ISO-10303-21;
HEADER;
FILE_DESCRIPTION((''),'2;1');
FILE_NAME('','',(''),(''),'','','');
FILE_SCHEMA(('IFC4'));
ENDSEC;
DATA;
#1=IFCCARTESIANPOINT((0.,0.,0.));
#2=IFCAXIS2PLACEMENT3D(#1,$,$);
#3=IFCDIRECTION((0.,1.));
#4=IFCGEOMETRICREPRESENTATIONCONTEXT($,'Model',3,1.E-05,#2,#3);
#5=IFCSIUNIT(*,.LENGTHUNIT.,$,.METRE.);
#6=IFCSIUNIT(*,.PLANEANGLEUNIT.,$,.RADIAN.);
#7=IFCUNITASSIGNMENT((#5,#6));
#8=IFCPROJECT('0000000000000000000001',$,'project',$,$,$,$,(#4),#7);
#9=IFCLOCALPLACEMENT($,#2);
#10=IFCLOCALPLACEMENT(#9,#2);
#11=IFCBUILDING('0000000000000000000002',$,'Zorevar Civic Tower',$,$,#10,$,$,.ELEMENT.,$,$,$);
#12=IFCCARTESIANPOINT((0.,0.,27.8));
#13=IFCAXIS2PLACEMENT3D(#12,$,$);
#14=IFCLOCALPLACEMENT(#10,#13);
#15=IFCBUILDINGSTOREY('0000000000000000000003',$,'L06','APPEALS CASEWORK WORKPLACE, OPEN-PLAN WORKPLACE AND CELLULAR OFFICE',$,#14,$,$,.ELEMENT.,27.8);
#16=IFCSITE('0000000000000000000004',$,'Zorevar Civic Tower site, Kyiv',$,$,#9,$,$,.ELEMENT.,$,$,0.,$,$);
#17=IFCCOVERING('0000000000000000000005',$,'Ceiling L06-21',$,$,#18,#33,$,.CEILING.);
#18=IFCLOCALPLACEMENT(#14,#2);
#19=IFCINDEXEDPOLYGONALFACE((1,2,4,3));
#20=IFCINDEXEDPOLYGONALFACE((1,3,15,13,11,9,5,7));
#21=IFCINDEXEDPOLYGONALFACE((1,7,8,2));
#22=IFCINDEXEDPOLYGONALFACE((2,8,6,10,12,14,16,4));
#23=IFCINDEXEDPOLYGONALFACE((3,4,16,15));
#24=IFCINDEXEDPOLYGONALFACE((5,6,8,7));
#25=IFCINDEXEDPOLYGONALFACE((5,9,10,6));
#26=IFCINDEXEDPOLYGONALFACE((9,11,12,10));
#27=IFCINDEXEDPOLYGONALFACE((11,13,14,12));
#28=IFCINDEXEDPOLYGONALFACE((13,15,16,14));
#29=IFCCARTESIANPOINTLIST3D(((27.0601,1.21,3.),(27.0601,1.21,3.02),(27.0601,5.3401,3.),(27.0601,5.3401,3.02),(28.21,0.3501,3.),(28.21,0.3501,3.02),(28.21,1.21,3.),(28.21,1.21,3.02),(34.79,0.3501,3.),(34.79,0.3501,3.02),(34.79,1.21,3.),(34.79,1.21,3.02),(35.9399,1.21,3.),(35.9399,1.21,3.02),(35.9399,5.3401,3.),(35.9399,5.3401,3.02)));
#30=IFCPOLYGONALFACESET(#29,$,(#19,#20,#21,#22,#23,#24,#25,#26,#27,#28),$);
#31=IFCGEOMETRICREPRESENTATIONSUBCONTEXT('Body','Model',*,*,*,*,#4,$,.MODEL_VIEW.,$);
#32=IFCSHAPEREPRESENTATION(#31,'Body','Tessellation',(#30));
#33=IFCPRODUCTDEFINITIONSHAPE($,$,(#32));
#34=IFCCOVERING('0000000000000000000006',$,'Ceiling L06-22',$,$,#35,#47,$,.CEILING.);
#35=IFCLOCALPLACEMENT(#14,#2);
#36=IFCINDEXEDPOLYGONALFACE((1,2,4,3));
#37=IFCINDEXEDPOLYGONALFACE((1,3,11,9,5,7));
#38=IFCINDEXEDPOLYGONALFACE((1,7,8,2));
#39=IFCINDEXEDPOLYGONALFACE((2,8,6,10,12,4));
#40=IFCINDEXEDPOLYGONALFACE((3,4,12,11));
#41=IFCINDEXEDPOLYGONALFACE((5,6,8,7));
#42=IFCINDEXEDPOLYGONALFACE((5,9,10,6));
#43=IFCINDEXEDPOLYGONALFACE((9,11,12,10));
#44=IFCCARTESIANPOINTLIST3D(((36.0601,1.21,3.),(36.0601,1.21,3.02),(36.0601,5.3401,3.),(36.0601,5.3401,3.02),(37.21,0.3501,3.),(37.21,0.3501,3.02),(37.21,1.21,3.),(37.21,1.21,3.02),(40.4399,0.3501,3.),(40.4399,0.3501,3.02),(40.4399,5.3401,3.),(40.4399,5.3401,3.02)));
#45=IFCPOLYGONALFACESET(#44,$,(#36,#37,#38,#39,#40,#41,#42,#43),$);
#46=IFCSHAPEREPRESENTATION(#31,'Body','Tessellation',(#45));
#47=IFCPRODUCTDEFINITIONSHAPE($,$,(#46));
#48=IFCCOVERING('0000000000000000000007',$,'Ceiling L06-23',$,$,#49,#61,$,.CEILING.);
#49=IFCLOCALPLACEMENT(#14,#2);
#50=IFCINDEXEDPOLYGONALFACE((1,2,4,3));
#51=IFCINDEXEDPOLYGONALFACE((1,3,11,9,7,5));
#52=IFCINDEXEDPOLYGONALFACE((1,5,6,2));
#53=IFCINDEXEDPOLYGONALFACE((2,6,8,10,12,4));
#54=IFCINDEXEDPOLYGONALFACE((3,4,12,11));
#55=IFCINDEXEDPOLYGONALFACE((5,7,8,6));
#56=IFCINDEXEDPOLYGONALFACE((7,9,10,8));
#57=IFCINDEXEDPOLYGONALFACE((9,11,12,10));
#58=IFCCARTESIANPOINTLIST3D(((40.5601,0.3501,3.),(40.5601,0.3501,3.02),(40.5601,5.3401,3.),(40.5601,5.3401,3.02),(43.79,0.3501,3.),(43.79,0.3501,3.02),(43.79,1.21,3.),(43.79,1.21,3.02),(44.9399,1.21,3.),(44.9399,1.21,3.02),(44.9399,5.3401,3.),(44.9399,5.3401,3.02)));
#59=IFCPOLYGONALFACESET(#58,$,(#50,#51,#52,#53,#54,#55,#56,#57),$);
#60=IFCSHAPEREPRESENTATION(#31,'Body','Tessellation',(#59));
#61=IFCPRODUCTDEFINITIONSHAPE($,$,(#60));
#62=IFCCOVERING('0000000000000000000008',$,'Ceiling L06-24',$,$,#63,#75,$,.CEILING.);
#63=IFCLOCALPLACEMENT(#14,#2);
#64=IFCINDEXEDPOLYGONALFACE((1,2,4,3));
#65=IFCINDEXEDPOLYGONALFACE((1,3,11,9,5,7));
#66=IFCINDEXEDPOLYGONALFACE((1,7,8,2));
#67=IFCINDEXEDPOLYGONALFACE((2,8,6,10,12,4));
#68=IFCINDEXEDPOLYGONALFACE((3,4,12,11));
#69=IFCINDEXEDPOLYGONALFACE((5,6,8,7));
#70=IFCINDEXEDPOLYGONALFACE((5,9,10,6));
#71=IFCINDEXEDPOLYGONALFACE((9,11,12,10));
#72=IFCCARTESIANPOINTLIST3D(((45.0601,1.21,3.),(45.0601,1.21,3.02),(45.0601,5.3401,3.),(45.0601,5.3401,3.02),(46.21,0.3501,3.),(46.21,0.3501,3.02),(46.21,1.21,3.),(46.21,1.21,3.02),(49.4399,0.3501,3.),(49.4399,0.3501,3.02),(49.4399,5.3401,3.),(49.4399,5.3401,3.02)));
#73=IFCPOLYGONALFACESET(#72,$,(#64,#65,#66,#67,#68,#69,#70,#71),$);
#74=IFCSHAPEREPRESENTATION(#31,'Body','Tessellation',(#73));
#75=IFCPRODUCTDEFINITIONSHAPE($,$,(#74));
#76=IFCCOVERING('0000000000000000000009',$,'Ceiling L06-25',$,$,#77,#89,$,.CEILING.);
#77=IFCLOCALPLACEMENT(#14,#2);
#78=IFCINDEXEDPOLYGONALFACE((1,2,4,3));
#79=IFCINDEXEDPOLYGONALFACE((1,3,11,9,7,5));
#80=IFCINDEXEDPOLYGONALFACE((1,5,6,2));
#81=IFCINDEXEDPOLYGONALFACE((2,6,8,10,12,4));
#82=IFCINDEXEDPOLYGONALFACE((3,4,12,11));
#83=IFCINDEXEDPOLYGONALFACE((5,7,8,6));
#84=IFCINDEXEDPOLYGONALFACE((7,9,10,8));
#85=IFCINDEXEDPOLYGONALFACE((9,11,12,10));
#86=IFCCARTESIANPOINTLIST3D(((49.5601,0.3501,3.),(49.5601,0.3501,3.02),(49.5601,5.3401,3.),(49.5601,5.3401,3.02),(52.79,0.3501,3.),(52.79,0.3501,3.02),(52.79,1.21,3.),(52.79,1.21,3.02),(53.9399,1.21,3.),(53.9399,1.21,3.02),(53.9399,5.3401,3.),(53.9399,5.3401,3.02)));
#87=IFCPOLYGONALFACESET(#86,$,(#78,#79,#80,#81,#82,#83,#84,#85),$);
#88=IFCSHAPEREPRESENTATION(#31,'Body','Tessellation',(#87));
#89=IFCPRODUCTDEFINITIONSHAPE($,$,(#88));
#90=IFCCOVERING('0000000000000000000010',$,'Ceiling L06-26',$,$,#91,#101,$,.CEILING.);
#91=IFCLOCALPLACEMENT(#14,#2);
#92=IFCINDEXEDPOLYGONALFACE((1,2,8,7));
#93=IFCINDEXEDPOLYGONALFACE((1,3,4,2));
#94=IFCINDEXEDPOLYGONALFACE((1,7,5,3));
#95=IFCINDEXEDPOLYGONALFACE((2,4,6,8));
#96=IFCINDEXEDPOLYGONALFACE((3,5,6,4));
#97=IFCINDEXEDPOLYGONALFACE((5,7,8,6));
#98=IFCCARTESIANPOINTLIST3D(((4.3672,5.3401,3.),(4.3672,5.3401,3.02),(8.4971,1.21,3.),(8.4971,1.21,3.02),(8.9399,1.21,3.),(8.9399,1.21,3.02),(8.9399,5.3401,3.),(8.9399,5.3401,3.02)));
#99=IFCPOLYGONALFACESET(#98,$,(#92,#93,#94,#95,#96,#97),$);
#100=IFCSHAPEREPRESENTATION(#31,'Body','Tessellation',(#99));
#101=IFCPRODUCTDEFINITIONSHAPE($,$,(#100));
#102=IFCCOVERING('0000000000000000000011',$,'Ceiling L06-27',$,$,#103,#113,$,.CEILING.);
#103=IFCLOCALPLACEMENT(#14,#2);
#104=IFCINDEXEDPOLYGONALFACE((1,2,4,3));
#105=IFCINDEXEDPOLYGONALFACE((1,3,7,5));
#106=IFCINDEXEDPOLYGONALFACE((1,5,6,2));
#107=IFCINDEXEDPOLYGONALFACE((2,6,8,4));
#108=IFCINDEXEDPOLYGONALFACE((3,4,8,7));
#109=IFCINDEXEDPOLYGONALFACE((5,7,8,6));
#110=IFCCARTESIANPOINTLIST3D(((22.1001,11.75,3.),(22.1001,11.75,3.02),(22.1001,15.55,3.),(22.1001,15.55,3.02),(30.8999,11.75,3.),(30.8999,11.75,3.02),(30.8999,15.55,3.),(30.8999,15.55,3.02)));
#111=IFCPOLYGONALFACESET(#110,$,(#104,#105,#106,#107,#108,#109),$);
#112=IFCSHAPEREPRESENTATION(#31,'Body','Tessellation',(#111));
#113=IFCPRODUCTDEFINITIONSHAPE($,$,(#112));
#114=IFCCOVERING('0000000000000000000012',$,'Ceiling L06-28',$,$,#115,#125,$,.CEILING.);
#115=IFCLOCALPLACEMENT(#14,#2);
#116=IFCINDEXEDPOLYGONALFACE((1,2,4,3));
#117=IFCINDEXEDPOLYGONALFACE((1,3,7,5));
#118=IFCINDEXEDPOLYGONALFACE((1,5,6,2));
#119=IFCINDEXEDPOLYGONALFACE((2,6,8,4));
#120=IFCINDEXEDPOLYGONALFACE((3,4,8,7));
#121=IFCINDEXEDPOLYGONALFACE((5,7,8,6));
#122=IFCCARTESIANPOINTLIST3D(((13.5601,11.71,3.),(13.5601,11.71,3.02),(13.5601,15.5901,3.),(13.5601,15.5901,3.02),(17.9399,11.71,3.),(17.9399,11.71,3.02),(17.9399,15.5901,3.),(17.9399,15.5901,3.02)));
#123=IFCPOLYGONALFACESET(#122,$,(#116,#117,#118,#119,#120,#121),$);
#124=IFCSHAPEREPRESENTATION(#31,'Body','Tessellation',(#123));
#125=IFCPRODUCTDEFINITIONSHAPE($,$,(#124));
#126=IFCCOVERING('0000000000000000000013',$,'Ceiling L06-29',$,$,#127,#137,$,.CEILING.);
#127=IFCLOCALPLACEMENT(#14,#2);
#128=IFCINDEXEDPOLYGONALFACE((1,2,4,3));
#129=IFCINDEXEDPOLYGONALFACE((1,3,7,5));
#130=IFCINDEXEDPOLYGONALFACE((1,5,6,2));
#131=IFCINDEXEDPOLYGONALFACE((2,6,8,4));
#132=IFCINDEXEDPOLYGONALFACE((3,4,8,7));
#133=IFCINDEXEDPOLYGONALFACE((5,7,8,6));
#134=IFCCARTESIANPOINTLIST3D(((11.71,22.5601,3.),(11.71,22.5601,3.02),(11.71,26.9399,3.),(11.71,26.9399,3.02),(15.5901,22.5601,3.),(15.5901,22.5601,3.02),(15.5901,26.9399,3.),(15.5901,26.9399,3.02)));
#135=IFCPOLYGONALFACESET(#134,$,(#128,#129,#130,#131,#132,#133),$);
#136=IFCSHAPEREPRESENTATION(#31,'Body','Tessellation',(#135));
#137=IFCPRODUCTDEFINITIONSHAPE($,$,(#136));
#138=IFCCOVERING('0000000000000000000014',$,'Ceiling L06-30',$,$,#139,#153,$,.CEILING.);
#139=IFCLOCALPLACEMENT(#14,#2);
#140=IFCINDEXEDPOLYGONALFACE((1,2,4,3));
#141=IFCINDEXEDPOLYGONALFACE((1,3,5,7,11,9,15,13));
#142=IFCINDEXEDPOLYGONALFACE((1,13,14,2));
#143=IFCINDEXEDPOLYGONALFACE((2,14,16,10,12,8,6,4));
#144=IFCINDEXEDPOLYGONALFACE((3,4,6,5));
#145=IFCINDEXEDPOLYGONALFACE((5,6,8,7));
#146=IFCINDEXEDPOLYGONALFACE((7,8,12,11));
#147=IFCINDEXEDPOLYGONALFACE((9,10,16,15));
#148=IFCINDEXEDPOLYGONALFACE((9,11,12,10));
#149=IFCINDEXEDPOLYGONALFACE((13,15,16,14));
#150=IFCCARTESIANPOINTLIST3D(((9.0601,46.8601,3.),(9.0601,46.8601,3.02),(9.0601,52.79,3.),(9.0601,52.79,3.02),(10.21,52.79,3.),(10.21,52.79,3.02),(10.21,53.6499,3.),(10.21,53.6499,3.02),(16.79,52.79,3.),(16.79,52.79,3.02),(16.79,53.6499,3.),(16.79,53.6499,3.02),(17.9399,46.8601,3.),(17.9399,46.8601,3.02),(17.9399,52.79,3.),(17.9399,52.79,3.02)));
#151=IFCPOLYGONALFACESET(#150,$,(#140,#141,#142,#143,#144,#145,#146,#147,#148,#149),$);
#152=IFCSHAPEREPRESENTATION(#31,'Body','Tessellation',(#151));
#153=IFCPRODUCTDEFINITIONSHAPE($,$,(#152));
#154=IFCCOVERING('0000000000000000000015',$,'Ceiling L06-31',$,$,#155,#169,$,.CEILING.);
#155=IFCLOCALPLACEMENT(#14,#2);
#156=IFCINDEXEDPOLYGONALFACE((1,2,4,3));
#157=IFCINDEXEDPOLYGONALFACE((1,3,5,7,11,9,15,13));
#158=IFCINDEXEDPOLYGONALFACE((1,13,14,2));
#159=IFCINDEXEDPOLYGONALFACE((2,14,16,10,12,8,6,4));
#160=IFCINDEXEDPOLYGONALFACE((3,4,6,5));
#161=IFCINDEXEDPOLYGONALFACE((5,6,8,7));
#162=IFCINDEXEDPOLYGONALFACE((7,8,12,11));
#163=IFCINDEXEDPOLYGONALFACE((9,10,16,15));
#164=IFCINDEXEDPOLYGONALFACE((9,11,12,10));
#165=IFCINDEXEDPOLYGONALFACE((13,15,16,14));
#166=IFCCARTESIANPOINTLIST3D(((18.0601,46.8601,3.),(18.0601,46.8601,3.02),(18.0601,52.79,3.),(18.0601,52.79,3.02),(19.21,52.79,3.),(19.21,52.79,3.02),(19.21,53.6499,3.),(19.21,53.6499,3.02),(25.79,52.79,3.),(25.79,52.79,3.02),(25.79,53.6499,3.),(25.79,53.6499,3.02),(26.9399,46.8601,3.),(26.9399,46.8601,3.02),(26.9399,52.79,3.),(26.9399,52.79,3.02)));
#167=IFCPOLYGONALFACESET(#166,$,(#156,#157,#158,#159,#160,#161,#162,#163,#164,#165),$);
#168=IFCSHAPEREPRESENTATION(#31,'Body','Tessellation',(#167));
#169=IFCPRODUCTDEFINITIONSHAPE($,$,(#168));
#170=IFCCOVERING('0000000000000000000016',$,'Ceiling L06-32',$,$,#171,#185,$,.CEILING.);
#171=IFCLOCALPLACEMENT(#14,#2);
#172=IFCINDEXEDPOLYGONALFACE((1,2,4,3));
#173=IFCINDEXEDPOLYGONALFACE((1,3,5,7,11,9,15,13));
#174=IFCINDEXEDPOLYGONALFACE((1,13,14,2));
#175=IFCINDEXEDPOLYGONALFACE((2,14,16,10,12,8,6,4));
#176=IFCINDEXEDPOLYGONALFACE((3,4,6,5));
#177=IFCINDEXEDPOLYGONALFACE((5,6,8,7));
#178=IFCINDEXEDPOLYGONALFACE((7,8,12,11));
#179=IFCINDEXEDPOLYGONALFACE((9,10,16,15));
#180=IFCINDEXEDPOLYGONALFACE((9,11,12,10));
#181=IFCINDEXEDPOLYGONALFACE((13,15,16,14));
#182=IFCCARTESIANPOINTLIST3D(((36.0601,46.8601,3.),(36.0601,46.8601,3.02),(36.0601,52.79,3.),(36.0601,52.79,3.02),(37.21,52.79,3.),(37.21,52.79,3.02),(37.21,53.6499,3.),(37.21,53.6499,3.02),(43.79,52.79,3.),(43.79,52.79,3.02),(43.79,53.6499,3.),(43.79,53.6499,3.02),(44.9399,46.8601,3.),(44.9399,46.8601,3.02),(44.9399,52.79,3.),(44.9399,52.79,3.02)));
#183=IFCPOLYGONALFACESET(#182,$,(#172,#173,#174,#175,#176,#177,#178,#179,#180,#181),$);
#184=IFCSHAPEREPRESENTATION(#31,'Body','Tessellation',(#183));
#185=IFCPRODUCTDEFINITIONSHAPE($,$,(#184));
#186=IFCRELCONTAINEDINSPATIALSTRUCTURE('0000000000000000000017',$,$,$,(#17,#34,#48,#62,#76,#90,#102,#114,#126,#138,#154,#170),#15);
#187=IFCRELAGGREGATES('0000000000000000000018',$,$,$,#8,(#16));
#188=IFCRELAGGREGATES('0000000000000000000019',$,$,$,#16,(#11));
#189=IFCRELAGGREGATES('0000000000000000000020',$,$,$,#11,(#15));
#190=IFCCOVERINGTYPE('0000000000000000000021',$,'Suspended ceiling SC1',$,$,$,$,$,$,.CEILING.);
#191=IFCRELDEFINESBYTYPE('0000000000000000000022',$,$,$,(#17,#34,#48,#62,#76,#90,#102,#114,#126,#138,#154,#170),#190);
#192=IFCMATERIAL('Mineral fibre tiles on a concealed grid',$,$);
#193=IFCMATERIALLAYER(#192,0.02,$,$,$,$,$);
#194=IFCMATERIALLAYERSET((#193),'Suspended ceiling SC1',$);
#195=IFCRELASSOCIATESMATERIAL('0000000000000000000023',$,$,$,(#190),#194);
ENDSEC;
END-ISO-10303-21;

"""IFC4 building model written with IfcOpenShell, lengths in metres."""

from ifc_helpers import new_model, si_unit, direction, frame, origin, place, context, subcontext, project, spatial, polyline, outline, extrude, material, layer, layer_set, type_object, element, save


model = new_model("IFC4")

# Units and contexts
model_context = context("Model", 3, precision=1e-05, world=origin(), true_north=direction((0.0, 1.0)))
body_context = subcontext(model_context, "Body", "Model", "MODEL_VIEW")
ifc_project = project(units=[si_unit("LENGTHUNIT", "METRE"), si_unit("PLANEANGLEUNIT", "RADIAN")], contexts=[model_context])

# Site, building, storey
site_placement = place(None, origin())
site = spatial("IfcSite", under=ifc_project, at=site_placement, Name="Zorevar Civic Tower site, Kyiv", CompositionType="ELEMENT", RefElevation=0.0)
building_placement = place(site_placement, origin())
building = spatial("IfcBuilding", under=site, at=building_placement, Name="Zorevar Civic Tower", CompositionType="ELEMENT")
storey_placement = place(building_placement, frame((0.0, 0.0, 27.8)))
storey = spatial("IfcBuildingStorey", under=building, at=storey_placement, Name="L06", Description="APPEALS CASEWORK WORKPLACE, OPEN-PLAN WORKPLACE AND CELLULAR OFFICE", CompositionType="ELEMENT", Elevation=27.8)

# Coverings
ifc_material_1 = material(Name="Mineral fibre tiles on a concealed grid")
ifc_layer_1 = layer(ifc_material_1, 0.02)
ifc_layer_set_1 = layer_set([ifc_layer_1], Name="Suspended ceiling SC1")
covering_type_1 = type_object("IfcCoveringType", Name="Suspended ceiling SC1", PredefinedType="CEILING", material=ifc_layer_set_1)
covering_1_placement = place(storey_placement, frame((0.0, 0.0, 3.0)))
element("IfcCovering", 1, at=covering_1_placement, inside=storey, type_object=covering_type_1, Name="Ceiling L06-21", PredefinedType="CEILING", context=body_context, shape_type="SweptSolid", body=[
    extrude(outline(polyline([(28.21, 0.3501), (28.21, 1.21), (27.0601, 1.21), (27.0601, 5.3401), (35.9399, 5.3401), (35.9399, 1.21), (34.79, 1.21), (34.79, 0.3501), (28.21, 0.3501)])), origin(), (0.0, 0.0, 1.0), 0.02),
])
covering_2_placement = place(storey_placement, frame((0.0, 0.0, 3.0)))
element("IfcCovering", 2, at=covering_2_placement, inside=storey, type_object=covering_type_1, Name="Ceiling L06-22", PredefinedType="CEILING", context=body_context, shape_type="SweptSolid", body=[
    extrude(outline(polyline([(40.4399, 5.3401), (40.4399, 0.3501), (37.21, 0.3501), (37.21, 1.21), (36.0601, 1.21), (36.0601, 5.3401), (40.4399, 5.3401)])), origin(), (0.0, 0.0, 1.0), 0.02),
])
covering_3_placement = place(storey_placement, frame((0.0, 0.0, 3.0)))
element("IfcCovering", 3, at=covering_3_placement, inside=storey, type_object=covering_type_1, Name="Ceiling L06-23", PredefinedType="CEILING", context=body_context, shape_type="SweptSolid", body=[
    extrude(outline(polyline([(44.9399, 5.3401), (44.9399, 1.21), (43.79, 1.21), (43.79, 0.3501), (40.5601, 0.3501), (40.5601, 5.3401), (44.9399, 5.3401)])), origin(), (0.0, 0.0, 1.0), 0.02),
])
covering_4_placement = place(storey_placement, frame((0.0, 0.0, 3.0)))
element("IfcCovering", 4, at=covering_4_placement, inside=storey, type_object=covering_type_1, Name="Ceiling L06-24", PredefinedType="CEILING", context=body_context, shape_type="SweptSolid", body=[
    extrude(outline(polyline([(49.4399, 5.3401), (49.4399, 0.3501), (46.21, 0.3501), (46.21, 1.21), (45.0601, 1.21), (45.0601, 5.3401), (49.4399, 5.3401)])), origin(), (0.0, 0.0, 1.0), 0.02),
])
covering_5_placement = place(storey_placement, frame((0.0, 0.0, 3.0)))
element("IfcCovering", 5, at=covering_5_placement, inside=storey, type_object=covering_type_1, Name="Ceiling L06-25", PredefinedType="CEILING", context=body_context, shape_type="SweptSolid", body=[
    extrude(outline(polyline([(53.9399, 5.3401), (53.9399, 1.21), (52.79, 1.21), (52.79, 0.3501), (49.5601, 0.3501), (49.5601, 5.3401), (53.9399, 5.3401)])), origin(), (0.0, 0.0, 1.0), 0.02),
])
covering_6_placement = place(storey_placement, frame((0.0, 0.0, 3.0)))
element("IfcCovering", 6, at=covering_6_placement, inside=storey, type_object=covering_type_1, Name="Ceiling L06-26", PredefinedType="CEILING", context=body_context, shape_type="SweptSolid", body=[
    extrude(outline(polyline([(8.9399, 5.3401), (8.9399, 1.21), (8.4971, 1.21), (4.3672, 5.3401), (8.9399, 5.3401)])), origin(), (0.0, 0.0, 1.0), 0.02),
])
covering_7_placement = place(storey_placement, frame((0.0, 0.0, 3.0)))
element("IfcCovering", 7, at=covering_7_placement, inside=storey, type_object=covering_type_1, Name="Ceiling L06-27", PredefinedType="CEILING", context=body_context, shape_type="SweptSolid", body=[
    extrude(outline(polyline([(22.1001, 11.75), (22.1001, 15.55), (30.8999, 15.55), (30.8999, 11.75), (22.1001, 11.75)])), origin(), (0.0, 0.0, 1.0), 0.02),
])
covering_8_placement = place(storey_placement, frame((0.0, 0.0, 3.0)))
element("IfcCovering", 8, at=covering_8_placement, inside=storey, type_object=covering_type_1, Name="Ceiling L06-28", PredefinedType="CEILING", context=body_context, shape_type="SweptSolid", body=[
    extrude(outline(polyline([(13.5601, 15.5901), (17.9399, 15.5901), (17.9399, 11.71), (13.5601, 11.71), (13.5601, 15.5901)])), origin(), (0.0, 0.0, 1.0), 0.02),
])
covering_9_placement = place(storey_placement, frame((0.0, 0.0, 3.0)))
element("IfcCovering", 9, at=covering_9_placement, inside=storey, type_object=covering_type_1, Name="Ceiling L06-29", PredefinedType="CEILING", context=body_context, shape_type="SweptSolid", body=[
    extrude(outline(polyline([(15.5901, 22.5601), (11.71, 22.5601), (11.71, 26.9399), (15.5901, 26.9399), (15.5901, 22.5601)])), origin(), (0.0, 0.0, 1.0), 0.02),
])
covering_10_placement = place(storey_placement, frame((0.0, 0.0, 3.0)))
element("IfcCovering", 10, at=covering_10_placement, inside=storey, type_object=covering_type_1, Name="Ceiling L06-30", PredefinedType="CEILING", context=body_context, shape_type="SweptSolid", body=[
    extrude(outline(polyline([(10.21, 52.79), (10.21, 53.6499), (16.79, 53.6499), (16.79, 52.79), (17.9399, 52.79), (17.9399, 46.8601), (9.0601, 46.8601), (9.0601, 52.79), (10.21, 52.79)])), origin(), (0.0, 0.0, 1.0), 0.02),
])
covering_11_placement = place(storey_placement, frame((0.0, 0.0, 3.0)))
element("IfcCovering", 11, at=covering_11_placement, inside=storey, type_object=covering_type_1, Name="Ceiling L06-31", PredefinedType="CEILING", context=body_context, shape_type="SweptSolid", body=[
    extrude(outline(polyline([(19.21, 52.79), (19.21, 53.6499), (25.79, 53.6499), (25.79, 52.79), (26.9399, 52.79), (26.9399, 46.8601), (18.0601, 46.8601), (18.0601, 52.79), (19.21, 52.79)])), origin(), (0.0, 0.0, 1.0), 0.02),
])
covering_12_placement = place(storey_placement, frame((0.0, 0.0, 3.0)))
element("IfcCovering", 12, at=covering_12_placement, inside=storey, type_object=covering_type_1, Name="Ceiling L06-32", PredefinedType="CEILING", context=body_context, shape_type="SweptSolid", body=[
    extrude(outline(polyline([(37.21, 52.79), (37.21, 53.6499), (43.79, 53.6499), (43.79, 52.79), (44.9399, 52.79), (44.9399, 46.8601), (36.0601, 46.8601), (36.0601, 52.79), (37.21, 52.79)])), origin(), (0.0, 0.0, 1.0), 0.02),
])

save(model, "model.ifc")
